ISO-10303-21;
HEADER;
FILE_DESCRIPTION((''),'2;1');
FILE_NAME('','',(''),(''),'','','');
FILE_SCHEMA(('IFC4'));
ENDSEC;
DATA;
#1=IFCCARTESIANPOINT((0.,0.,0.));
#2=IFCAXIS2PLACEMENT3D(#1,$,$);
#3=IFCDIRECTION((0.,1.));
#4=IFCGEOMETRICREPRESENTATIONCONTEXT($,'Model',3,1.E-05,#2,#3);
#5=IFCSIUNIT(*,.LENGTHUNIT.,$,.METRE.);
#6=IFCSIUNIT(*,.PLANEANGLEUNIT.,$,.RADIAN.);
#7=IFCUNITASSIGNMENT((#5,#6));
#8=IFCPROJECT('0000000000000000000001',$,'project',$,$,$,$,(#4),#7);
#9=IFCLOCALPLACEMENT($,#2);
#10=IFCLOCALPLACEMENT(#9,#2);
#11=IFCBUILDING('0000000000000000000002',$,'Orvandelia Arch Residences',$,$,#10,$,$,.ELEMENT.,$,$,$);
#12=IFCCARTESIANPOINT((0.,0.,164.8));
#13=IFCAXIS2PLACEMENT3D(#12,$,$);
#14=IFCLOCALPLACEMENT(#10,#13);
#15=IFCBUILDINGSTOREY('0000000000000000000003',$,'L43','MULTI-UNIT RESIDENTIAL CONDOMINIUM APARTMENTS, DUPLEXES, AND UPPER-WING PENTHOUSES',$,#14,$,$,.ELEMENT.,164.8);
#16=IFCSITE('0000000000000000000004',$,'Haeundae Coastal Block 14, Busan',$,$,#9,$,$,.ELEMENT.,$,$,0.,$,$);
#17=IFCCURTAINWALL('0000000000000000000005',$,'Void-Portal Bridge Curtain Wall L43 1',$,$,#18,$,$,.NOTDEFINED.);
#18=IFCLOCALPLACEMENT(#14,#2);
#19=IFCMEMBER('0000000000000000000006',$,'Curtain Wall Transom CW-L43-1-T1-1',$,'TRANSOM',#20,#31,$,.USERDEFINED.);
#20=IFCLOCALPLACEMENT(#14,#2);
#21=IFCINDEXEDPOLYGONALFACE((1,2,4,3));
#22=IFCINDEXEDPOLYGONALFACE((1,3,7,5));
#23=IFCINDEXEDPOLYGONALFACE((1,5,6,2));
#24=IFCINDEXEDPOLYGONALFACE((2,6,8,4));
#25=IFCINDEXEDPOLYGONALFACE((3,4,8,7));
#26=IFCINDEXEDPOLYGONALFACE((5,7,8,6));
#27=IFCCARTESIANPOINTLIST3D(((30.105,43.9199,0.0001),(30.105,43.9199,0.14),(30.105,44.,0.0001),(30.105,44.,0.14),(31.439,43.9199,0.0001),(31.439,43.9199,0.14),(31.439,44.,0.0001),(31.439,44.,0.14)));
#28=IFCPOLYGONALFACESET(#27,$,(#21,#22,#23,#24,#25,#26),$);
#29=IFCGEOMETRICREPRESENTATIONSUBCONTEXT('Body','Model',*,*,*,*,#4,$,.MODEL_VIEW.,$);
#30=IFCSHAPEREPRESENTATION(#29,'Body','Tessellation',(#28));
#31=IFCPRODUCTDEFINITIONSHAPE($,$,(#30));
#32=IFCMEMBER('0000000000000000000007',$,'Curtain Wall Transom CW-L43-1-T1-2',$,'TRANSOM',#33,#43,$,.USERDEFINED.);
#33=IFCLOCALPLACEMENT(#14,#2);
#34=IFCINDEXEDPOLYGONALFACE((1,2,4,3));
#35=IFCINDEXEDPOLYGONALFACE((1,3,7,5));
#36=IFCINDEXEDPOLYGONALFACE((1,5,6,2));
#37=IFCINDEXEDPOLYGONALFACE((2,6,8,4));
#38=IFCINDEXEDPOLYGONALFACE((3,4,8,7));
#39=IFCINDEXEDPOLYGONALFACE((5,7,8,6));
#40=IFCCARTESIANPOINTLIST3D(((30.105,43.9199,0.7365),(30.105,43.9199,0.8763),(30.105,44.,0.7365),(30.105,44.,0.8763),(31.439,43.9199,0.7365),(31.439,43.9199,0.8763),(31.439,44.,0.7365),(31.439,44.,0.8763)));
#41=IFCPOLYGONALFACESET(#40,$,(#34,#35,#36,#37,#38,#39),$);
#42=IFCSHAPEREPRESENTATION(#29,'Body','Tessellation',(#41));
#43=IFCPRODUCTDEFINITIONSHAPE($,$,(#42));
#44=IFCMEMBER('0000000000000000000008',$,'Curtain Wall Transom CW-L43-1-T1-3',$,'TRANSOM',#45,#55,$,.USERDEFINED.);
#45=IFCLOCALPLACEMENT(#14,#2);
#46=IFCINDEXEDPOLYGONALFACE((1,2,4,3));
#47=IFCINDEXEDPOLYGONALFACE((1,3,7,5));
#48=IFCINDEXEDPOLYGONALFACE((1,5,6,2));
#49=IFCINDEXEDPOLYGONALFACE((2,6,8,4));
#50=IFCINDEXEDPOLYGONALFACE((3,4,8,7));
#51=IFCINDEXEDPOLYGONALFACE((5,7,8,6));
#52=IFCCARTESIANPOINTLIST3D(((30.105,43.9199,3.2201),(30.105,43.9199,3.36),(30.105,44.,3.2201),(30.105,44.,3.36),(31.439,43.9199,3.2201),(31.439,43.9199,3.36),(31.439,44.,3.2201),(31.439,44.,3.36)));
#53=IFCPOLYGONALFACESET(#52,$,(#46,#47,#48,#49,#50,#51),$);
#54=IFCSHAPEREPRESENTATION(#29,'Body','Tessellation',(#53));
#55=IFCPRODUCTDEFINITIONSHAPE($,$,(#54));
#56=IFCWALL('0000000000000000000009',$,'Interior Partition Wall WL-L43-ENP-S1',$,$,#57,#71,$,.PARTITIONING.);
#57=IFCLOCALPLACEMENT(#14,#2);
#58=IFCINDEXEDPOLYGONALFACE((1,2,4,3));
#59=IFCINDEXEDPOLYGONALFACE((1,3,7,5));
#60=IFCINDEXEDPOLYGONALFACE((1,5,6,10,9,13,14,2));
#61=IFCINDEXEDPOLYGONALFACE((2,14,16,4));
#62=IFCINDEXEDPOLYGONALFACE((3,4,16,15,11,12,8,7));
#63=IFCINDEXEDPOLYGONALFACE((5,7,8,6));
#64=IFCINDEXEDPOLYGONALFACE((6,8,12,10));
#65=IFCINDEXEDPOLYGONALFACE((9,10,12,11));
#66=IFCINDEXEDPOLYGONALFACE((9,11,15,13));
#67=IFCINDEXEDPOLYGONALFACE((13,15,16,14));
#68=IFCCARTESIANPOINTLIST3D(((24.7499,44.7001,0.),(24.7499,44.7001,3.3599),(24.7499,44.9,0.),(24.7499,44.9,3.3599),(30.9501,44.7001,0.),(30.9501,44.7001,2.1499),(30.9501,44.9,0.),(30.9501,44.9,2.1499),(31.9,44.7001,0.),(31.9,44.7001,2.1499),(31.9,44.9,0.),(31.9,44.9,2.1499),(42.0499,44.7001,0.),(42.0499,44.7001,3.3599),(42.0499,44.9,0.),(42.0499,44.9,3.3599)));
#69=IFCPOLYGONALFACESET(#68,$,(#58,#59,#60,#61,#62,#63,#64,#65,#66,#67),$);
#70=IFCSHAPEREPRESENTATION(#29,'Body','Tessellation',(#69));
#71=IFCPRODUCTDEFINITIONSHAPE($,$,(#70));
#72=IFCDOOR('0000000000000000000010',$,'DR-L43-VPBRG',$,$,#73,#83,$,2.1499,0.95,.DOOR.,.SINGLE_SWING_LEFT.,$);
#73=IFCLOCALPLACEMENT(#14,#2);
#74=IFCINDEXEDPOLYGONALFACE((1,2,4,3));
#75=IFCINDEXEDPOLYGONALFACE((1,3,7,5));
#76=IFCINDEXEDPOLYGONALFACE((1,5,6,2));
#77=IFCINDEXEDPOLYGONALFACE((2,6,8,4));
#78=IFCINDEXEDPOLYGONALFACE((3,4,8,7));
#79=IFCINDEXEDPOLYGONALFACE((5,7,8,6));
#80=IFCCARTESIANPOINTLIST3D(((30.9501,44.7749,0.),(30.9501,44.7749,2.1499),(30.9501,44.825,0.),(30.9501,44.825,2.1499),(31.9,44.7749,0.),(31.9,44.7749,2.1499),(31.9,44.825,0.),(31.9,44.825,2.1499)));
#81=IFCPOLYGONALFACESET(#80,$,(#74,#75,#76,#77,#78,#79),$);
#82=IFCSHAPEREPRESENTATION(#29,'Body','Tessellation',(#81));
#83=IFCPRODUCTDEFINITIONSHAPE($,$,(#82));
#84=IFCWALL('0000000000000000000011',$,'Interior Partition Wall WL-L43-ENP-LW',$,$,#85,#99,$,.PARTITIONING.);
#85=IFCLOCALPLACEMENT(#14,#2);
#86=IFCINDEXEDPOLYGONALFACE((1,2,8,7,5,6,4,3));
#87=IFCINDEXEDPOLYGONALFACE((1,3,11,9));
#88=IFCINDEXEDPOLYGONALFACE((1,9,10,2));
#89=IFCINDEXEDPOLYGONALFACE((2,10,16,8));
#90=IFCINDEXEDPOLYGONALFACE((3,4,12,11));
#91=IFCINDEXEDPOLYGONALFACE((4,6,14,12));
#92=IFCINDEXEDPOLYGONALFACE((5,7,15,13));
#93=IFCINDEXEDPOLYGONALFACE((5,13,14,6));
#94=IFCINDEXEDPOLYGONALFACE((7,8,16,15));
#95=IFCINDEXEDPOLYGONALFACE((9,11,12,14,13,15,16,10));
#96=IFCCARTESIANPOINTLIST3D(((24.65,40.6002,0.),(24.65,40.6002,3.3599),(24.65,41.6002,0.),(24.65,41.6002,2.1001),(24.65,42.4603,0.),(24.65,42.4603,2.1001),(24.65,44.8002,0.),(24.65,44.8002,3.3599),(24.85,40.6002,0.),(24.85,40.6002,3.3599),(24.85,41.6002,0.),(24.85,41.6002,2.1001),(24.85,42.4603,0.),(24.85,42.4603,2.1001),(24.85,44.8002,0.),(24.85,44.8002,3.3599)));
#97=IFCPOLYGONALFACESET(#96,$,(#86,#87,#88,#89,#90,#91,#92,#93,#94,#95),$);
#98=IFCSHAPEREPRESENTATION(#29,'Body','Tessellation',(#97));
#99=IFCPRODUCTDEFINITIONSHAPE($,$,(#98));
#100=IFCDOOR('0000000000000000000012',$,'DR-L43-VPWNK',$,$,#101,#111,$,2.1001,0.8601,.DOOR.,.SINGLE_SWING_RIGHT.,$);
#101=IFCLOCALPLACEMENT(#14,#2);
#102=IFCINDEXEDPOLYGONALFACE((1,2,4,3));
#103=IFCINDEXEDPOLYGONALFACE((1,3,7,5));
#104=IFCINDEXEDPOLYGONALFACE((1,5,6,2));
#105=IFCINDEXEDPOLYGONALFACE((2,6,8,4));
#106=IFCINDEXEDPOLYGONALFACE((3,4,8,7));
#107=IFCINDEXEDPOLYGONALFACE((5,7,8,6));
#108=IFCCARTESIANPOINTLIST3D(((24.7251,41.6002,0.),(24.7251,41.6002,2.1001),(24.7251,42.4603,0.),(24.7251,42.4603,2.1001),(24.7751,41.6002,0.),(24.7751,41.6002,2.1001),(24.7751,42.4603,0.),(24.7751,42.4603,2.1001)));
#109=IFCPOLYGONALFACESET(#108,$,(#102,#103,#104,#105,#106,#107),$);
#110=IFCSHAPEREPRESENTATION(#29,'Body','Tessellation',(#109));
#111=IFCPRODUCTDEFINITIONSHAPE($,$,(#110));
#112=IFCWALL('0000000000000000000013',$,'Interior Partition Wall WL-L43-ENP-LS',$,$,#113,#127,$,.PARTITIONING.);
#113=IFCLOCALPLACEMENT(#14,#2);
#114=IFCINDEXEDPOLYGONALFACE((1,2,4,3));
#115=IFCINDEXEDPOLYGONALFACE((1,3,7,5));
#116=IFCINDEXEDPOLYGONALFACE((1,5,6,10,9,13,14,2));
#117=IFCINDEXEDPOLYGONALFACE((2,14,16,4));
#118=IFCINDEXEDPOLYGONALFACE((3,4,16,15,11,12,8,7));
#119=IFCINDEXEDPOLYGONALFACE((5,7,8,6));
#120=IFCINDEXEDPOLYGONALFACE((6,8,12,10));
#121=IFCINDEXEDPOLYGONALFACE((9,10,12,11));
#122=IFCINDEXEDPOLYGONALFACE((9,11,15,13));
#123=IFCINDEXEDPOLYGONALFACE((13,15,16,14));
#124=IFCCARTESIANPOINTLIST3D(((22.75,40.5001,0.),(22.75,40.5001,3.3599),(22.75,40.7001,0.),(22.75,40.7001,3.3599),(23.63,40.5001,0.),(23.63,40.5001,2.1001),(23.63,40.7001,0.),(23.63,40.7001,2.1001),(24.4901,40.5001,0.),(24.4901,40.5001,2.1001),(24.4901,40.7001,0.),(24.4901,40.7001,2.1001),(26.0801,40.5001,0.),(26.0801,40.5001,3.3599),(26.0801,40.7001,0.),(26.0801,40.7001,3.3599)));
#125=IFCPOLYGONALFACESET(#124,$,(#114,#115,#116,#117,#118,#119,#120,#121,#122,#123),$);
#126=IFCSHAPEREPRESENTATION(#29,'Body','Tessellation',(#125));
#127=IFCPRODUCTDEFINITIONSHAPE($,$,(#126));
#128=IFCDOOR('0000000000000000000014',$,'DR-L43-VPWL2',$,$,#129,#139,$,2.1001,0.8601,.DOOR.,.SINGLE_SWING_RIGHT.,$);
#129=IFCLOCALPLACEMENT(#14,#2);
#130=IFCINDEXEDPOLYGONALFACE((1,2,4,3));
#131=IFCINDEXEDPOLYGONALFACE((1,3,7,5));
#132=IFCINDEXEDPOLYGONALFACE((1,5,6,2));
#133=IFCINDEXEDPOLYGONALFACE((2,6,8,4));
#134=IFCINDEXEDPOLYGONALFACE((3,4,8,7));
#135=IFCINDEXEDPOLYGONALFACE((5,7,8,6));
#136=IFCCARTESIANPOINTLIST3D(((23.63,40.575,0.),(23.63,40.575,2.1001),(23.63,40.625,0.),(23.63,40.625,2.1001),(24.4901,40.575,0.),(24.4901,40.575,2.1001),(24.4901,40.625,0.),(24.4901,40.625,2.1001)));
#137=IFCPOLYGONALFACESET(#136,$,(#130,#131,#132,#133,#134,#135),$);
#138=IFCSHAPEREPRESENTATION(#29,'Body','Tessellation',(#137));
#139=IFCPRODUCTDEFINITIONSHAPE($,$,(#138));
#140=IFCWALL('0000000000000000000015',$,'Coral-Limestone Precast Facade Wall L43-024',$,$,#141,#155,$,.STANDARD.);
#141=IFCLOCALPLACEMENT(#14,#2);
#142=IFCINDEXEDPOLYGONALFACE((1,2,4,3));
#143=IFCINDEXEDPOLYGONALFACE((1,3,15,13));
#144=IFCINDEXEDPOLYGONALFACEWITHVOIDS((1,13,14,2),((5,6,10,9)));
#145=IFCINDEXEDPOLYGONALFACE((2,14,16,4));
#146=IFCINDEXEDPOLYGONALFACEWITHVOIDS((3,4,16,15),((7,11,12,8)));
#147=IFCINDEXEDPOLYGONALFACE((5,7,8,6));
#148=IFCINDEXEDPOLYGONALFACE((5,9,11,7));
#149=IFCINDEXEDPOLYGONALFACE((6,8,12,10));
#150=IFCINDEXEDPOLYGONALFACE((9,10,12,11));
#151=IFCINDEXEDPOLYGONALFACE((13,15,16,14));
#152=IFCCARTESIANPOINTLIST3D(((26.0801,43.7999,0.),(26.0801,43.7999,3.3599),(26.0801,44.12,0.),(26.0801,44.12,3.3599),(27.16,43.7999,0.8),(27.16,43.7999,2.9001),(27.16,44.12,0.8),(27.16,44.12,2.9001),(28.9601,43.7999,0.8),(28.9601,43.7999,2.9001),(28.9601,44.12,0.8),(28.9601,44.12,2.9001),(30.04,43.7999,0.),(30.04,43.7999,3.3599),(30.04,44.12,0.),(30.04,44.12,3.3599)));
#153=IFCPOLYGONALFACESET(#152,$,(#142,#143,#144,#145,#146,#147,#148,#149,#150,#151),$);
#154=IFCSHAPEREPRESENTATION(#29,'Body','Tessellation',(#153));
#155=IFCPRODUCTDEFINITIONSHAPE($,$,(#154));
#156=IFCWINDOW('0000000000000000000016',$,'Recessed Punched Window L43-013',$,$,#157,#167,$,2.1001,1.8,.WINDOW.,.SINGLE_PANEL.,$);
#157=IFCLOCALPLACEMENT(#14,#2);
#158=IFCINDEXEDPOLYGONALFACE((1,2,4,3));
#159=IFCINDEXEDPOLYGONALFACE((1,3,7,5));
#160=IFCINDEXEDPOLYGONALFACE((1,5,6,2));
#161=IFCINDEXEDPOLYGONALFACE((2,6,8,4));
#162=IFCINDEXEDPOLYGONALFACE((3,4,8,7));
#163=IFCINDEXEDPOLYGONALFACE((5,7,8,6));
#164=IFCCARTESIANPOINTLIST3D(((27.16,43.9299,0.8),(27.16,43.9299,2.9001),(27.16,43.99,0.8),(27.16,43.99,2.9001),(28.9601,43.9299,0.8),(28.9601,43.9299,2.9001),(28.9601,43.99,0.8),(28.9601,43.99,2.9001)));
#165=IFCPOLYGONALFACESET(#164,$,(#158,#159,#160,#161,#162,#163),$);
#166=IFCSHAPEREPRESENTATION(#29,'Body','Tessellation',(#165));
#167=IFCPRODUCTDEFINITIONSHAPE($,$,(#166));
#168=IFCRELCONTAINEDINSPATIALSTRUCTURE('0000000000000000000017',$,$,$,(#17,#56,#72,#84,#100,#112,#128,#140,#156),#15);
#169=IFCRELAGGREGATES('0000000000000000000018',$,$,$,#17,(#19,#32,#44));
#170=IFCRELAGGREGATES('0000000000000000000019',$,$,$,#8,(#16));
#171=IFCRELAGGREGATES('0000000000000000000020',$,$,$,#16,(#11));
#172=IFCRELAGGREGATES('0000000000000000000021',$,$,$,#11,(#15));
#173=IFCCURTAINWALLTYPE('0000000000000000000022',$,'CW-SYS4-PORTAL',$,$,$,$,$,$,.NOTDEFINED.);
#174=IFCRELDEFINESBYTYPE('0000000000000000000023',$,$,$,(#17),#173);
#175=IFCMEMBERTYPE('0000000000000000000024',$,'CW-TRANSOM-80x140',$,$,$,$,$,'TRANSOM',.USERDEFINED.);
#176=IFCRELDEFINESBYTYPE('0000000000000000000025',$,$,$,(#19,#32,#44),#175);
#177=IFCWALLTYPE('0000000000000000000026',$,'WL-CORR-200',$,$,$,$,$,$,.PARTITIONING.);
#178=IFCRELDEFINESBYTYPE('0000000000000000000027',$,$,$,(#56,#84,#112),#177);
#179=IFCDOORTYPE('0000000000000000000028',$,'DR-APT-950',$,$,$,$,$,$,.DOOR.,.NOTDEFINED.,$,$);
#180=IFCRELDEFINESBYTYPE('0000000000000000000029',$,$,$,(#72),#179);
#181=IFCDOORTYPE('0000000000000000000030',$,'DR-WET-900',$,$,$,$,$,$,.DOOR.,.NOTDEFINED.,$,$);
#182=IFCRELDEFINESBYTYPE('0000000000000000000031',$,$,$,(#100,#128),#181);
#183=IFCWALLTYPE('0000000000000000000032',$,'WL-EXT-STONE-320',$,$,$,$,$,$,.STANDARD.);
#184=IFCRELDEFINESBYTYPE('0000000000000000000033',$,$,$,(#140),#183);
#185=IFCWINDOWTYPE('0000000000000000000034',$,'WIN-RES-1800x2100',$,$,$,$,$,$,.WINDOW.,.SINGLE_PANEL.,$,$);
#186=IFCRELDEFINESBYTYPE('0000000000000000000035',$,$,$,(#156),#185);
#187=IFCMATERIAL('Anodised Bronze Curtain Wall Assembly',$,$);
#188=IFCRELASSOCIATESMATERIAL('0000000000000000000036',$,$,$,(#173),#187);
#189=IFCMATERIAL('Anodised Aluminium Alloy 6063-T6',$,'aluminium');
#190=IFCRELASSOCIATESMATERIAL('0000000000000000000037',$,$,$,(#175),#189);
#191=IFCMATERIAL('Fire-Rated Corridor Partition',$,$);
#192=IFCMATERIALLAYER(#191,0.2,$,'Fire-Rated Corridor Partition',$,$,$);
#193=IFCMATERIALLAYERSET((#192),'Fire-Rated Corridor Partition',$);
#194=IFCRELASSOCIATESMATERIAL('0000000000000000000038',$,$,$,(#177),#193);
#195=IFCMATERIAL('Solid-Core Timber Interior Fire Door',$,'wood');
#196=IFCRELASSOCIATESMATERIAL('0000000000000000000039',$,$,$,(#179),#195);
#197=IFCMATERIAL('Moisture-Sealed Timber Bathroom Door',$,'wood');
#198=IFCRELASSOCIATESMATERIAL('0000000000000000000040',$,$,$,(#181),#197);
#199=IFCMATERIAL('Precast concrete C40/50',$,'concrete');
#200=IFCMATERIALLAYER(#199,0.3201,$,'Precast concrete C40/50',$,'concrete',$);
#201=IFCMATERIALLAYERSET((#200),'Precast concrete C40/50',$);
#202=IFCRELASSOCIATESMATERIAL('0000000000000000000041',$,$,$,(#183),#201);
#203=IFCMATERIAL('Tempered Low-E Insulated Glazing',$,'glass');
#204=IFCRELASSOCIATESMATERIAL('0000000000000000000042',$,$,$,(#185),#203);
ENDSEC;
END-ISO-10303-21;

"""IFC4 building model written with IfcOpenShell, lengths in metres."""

from ifc_helpers import new_model, si_unit, direction, frame, frame_2d, origin, origin_2d, place, context, subcontext, project, spatial, rectangle, extrude, material, layer, layer_set, material_profile, profile_set, type_object, element, fill, aggregate, save


model = new_model("IFC4")

# Units and contexts
model_context = context("Model", 3, precision=1e-05, world=origin(), true_north=direction((0.0, 1.0)))
body_context = subcontext(model_context, "Body", "Model", "MODEL_VIEW")
ifc_project = project(units=[si_unit("LENGTHUNIT", "METRE"), si_unit("PLANEANGLEUNIT", "RADIAN")], contexts=[model_context])

# Site, building, storey
site_placement = place(None, origin())
site = spatial("IfcSite", under=ifc_project, at=site_placement, Name="Haeundae Coastal Block 14, Busan", CompositionType="ELEMENT", RefElevation=0.0)
building_placement = place(site_placement, origin())
building = spatial("IfcBuilding", under=site, at=building_placement, Name="Orvandelia Arch Residences", CompositionType="ELEMENT")
storey_placement = place(building_placement, frame((0.0, 0.0, 164.8)))
storey = spatial("IfcBuildingStorey", under=building, at=storey_placement, Name="L43", Description="MULTI-UNIT RESIDENTIAL CONDOMINIUM APARTMENTS, DUPLEXES, AND UPPER-WING PENTHOUSES", CompositionType="ELEMENT", Elevation=164.8)

# Curtain wall, members
ifc_material_1 = material(Name="Anodised Bronze Curtain Wall Assembly")
curtain_wall_type = type_object("IfcCurtainWallType", Name="CW-SYS4-PORTAL", PredefinedType="NOTDEFINED", material=ifc_material_1)
curtain_wall_placement = place(storey_placement, origin())
curtain_wall = element("IfcCurtainWall", 1, at=curtain_wall_placement, inside=storey, type_object=curtain_wall_type, Name="Void-Portal Bridge Curtain Wall L43 1", PredefinedType="NOTDEFINED")
ifc_material_2 = material(Name="Anodised Aluminium Alloy 6063-T6", Category="aluminium")
ifc_material_profile_1 = material_profile(ifc_material_2, rectangle(XDim=0.0801, YDim=0.1399, at=origin_2d()), Name="Anodised Aluminium Alloy 6063-T6", Category="aluminium")
ifc_profile_set_1 = profile_set([ifc_material_profile_1], Name="Anodised Aluminium Alloy 6063-T6")
member_type_1 = type_object("IfcMemberType", Name="CW-TRANSOM-80x140", ElementType="TRANSOM", PredefinedType="USERDEFINED", material=ifc_profile_set_1)
member_1_placement = place(storey_placement, frame((30.105, 43.96, 0.0701), z_axis=(1.0, 0.0, 0.0), x_axis=(0.0, 1.0, 0.0)))
member_1 = element("IfcMember", 2, at=member_1_placement, type_object=member_type_1, Name="Curtain Wall Transom CW-L43-1-T1-1", ObjectType="TRANSOM", PredefinedType="USERDEFINED", context=body_context, shape_type="SweptSolid", body=[
    extrude(rectangle(XDim=0.0801, YDim=0.1399, at=origin_2d()), origin(), (0.0, 0.0, 1.0), 1.334),
])
member_2_placement = place(storey_placement, frame((30.105, 43.96, 0.8064), z_axis=(1.0, 0.0, 0.0), x_axis=(0.0, 1.0, 0.0)))
member_2 = element("IfcMember", 3, at=member_2_placement, type_object=member_type_1, Name="Curtain Wall Transom CW-L43-1-T1-2", ObjectType="TRANSOM", PredefinedType="USERDEFINED", context=body_context, shape_type="SweptSolid", body=[
    extrude(rectangle(XDim=0.0801, YDim=0.1399, at=origin_2d()), origin(), (0.0, 0.0, 1.0), 1.334),
])
member_3_placement = place(storey_placement, frame((30.105, 43.96, 3.29), z_axis=(1.0, 0.0, 0.0), x_axis=(0.0, 1.0, 0.0)))
member_3 = element("IfcMember", 4, at=member_3_placement, type_object=member_type_1, Name="Curtain Wall Transom CW-L43-1-T1-3", ObjectType="TRANSOM", PredefinedType="USERDEFINED", context=body_context, shape_type="SweptSolid", body=[
    extrude(rectangle(XDim=0.0801, YDim=0.1399, at=origin_2d()), origin(), (0.0, 0.0, 1.0), 1.334),
])
aggregate(curtain_wall, [member_1, member_2, member_3])

# Walls, openings, doors
ifc_material_3 = material(Name="Fire-Rated Corridor Partition")
ifc_layer_1 = layer(ifc_material_3, 0.2, Name="Fire-Rated Corridor Partition")
ifc_layer_set_1 = layer_set([ifc_layer_1], Name="Fire-Rated Corridor Partition")
wall_type_1 = type_object("IfcWallType", Name="WL-CORR-200", PredefinedType="PARTITIONING", material=ifc_layer_set_1)
wall_1_placement = place(storey_placement, frame((24.75, 44.8, 0.0), z_axis=(0.0, 0.0, 1.0), x_axis=(1.0, 0.0, 0.0)))
wall_1 = element("IfcWall", 5, at=wall_1_placement, inside=storey, type_object=wall_type_1, Name="Interior Partition Wall WL-L43-ENP-S1", PredefinedType="PARTITIONING", context=body_context, shape_type="SweptSolid", body=[
    extrude(rectangle(XDim=17.3, YDim=0.2, at=frame_2d((8.6499, 0.0))), origin(), (0.0, 0.0, 1.0), 3.3599),
])
opening_1_placement = place(wall_1_placement, frame((6.2, 0.0, 0.0)))
opening_1 = element("IfcOpeningElement", 6, at=opening_1_placement, cuts=wall_1, PredefinedType="OPENING", context=body_context, shape_type="SweptSolid", body=[
    extrude(rectangle(XDim=0.95, YDim=2.1499, at=frame_2d((0.4751, 1.075))), frame((0.0, 0.1099, 0.0), z_axis=(0.0, -1.0, 0.0), x_axis=(1.0, 0.0, 0.0)), (0.0, 0.0, 1.0), 0.22),
])
ifc_material_4 = material(Name="Solid-Core Timber Interior Fire Door", Category="wood")
door_type_1 = type_object("IfcDoorType", Name="DR-APT-950", OperationType="NOTDEFINED", PredefinedType="DOOR", material=ifc_material_4)
door_1_placement = place(opening_1_placement, origin())
door_1 = element("IfcDoor", 7, at=door_1_placement, inside=storey, type_object=door_type_1, Name="DR-L43-VPBRG", OperationType="SINGLE_SWING_LEFT", OverallHeight=2.1499, OverallWidth=0.95, PredefinedType="DOOR", context=body_context, shape_type="SweptSolid", body=[
    extrude(rectangle(XDim=0.95, YDim=2.1499, at=frame_2d((0.4751, 1.075))), frame((0.0, 0.0249, 0.0), z_axis=(0.0, -1.0, 0.0), x_axis=(1.0, 0.0, 0.0)), (0.0, 0.0, 1.0), 0.05),
])
fill(opening_1, door_1)
wall_2_placement = place(storey_placement, frame((24.75, 40.6001, 0.0), z_axis=(0.0, 0.0, 1.0), x_axis=(0.0, 1.0, 0.0)))
wall_2 = element("IfcWall", 8, at=wall_2_placement, inside=storey, type_object=wall_type_1, Name="Interior Partition Wall WL-L43-ENP-LW", PredefinedType="PARTITIONING", context=body_context, shape_type="SweptSolid", body=[
    extrude(rectangle(XDim=4.2, YDim=0.2, at=frame_2d((2.1001, 0.0))), origin(), (0.0, 0.0, 1.0), 3.3599),
])
opening_2_placement = place(wall_2_placement, frame((1.0, 0.0, 0.0)))
opening_2 = element("IfcOpeningElement", 9, at=opening_2_placement, cuts=wall_2, PredefinedType="OPENING", context=body_context, shape_type="SweptSolid", body=[
    extrude(rectangle(XDim=0.8601, YDim=2.1001, at=frame_2d((0.4302, 1.05))), frame((0.0, 0.1099, 0.0), z_axis=(0.0, -1.0, 0.0), x_axis=(1.0, 0.0, 0.0)), (0.0, 0.0, 1.0), 0.22),
])
ifc_material_5 = material(Name="Moisture-Sealed Timber Bathroom Door", Category="wood")
door_type_2 = type_object("IfcDoorType", Name="DR-WET-900", OperationType="NOTDEFINED", PredefinedType="DOOR", material=ifc_material_5)
door_2_placement = place(opening_2_placement, origin())
door_2 = element("IfcDoor", 10, at=door_2_placement, inside=storey, type_object=door_type_2, Name="DR-L43-VPWNK", OperationType="SINGLE_SWING_RIGHT", OverallHeight=2.1001, OverallWidth=0.8601, PredefinedType="DOOR", context=body_context, shape_type="SweptSolid", body=[
    extrude(rectangle(XDim=0.8601, YDim=2.1001, at=frame_2d((0.4302, 1.05))), frame((0.0, 0.0249, 0.0), z_axis=(0.0, -1.0, 0.0), x_axis=(1.0, 0.0, 0.0)), (0.0, 0.0, 1.0), 0.05),
])
fill(opening_2, door_2)
wall_3_placement = place(storey_placement, frame((22.75, 40.6001, 0.0), z_axis=(0.0, 0.0, 1.0), x_axis=(1.0, 0.0, 0.0)))
wall_3 = element("IfcWall", 11, at=wall_3_placement, inside=storey, type_object=wall_type_1, Name="Interior Partition Wall WL-L43-ENP-LS", PredefinedType="PARTITIONING", context=body_context, shape_type="SweptSolid", body=[
    extrude(rectangle(XDim=3.3301, YDim=0.2, at=frame_2d((1.665, 0.0))), origin(), (0.0, 0.0, 1.0), 3.3599),
])
opening_3_placement = place(wall_3_placement, frame((0.8799, 0.0, 0.0)))
opening_3 = element("IfcOpeningElement", 12, at=opening_3_placement, cuts=wall_3, PredefinedType="OPENING", context=body_context, shape_type="SweptSolid", body=[
    extrude(rectangle(XDim=0.8601, YDim=2.1001, at=frame_2d((0.4302, 1.05))), frame((0.0, 0.1099, 0.0), z_axis=(0.0, -1.0, 0.0), x_axis=(1.0, 0.0, 0.0)), (0.0, 0.0, 1.0), 0.22),
])
door_3_placement = place(opening_3_placement, origin())
door_3 = element("IfcDoor", 13, at=door_3_placement, inside=storey, type_object=door_type_2, Name="DR-L43-VPWL2", OperationType="SINGLE_SWING_RIGHT", OverallHeight=2.1001, OverallWidth=0.8601, PredefinedType="DOOR", context=body_context, shape_type="SweptSolid", body=[
    extrude(rectangle(XDim=0.8601, YDim=2.1001, at=frame_2d((0.4302, 1.05))), frame((0.0, 0.0249, 0.0), z_axis=(0.0, -1.0, 0.0), x_axis=(1.0, 0.0, 0.0)), (0.0, 0.0, 1.0), 0.05),
])
fill(opening_3, door_3)

# Wall, opening, window
ifc_material_6 = material(Name="Precast concrete C40/50", Category="concrete")
ifc_layer_2 = layer(ifc_material_6, 0.3201, Name="Precast concrete C40/50", Category="concrete")
ifc_layer_set_2 = layer_set([ifc_layer_2], Name="Precast concrete C40/50")
wall_type_2 = type_object("IfcWallType", Name="WL-EXT-STONE-320", PredefinedType="STANDARD", material=ifc_layer_set_2)
wall_4_placement = place(storey_placement, frame((30.04, 43.96, 0.0), z_axis=(0.0, 0.0, 1.0), x_axis=(-1.0, 0.0, 0.0)))
wall_4 = element("IfcWall", 14, at=wall_4_placement, inside=storey, type_object=wall_type_2, Name="Coral-Limestone Precast Facade Wall L43-024", PredefinedType="STANDARD", context=body_context, shape_type="SweptSolid", body=[
    extrude(rectangle(XDim=3.96, YDim=0.3201, at=frame_2d((1.98, 0.0))), origin(), (0.0, 0.0, 1.0), 3.3599),
])
opening_4_placement = place(wall_4_placement, frame((1.0801, 0.0, 0.8)))
opening_4 = element("IfcOpeningElement", 15, at=opening_4_placement, cuts=wall_4, PredefinedType="OPENING", context=body_context, shape_type="SweptSolid", body=[
    extrude(rectangle(XDim=1.8, YDim=2.1001, at=frame_2d((0.8999, 1.05))), frame((0.0, 0.1699, 0.0), z_axis=(0.0, -1.0, 0.0), x_axis=(1.0, 0.0, 0.0)), (0.0, 0.0, 1.0), 0.3401),
])
ifc_material_7 = material(Name="Tempered Low-E Insulated Glazing", Category="glass")
window_type = type_object("IfcWindowType", Name="WIN-RES-1800x2100", PartitioningType="SINGLE_PANEL", PredefinedType="WINDOW", material=ifc_material_7)
window_1_placement = place(opening_4_placement, origin())
window_1 = element("IfcWindow", 16, at=window_1_placement, inside=storey, type_object=window_type, Name="Recessed Punched Window L43-013", OverallHeight=2.1001, OverallWidth=1.8, PartitioningType="SINGLE_PANEL", PredefinedType="WINDOW", context=body_context, shape_type="SweptSolid", body=[
    extrude(rectangle(XDim=1.8, YDim=2.1001, at=frame_2d((0.8999, 1.05))), frame((0.0, 0.03, 0.0), z_axis=(0.0, -1.0, 0.0), x_axis=(1.0, 0.0, 0.0)), (0.0, 0.0, 1.0), 0.0601),
])
fill(opening_4, window_1)

save(model, "model.ifc")
